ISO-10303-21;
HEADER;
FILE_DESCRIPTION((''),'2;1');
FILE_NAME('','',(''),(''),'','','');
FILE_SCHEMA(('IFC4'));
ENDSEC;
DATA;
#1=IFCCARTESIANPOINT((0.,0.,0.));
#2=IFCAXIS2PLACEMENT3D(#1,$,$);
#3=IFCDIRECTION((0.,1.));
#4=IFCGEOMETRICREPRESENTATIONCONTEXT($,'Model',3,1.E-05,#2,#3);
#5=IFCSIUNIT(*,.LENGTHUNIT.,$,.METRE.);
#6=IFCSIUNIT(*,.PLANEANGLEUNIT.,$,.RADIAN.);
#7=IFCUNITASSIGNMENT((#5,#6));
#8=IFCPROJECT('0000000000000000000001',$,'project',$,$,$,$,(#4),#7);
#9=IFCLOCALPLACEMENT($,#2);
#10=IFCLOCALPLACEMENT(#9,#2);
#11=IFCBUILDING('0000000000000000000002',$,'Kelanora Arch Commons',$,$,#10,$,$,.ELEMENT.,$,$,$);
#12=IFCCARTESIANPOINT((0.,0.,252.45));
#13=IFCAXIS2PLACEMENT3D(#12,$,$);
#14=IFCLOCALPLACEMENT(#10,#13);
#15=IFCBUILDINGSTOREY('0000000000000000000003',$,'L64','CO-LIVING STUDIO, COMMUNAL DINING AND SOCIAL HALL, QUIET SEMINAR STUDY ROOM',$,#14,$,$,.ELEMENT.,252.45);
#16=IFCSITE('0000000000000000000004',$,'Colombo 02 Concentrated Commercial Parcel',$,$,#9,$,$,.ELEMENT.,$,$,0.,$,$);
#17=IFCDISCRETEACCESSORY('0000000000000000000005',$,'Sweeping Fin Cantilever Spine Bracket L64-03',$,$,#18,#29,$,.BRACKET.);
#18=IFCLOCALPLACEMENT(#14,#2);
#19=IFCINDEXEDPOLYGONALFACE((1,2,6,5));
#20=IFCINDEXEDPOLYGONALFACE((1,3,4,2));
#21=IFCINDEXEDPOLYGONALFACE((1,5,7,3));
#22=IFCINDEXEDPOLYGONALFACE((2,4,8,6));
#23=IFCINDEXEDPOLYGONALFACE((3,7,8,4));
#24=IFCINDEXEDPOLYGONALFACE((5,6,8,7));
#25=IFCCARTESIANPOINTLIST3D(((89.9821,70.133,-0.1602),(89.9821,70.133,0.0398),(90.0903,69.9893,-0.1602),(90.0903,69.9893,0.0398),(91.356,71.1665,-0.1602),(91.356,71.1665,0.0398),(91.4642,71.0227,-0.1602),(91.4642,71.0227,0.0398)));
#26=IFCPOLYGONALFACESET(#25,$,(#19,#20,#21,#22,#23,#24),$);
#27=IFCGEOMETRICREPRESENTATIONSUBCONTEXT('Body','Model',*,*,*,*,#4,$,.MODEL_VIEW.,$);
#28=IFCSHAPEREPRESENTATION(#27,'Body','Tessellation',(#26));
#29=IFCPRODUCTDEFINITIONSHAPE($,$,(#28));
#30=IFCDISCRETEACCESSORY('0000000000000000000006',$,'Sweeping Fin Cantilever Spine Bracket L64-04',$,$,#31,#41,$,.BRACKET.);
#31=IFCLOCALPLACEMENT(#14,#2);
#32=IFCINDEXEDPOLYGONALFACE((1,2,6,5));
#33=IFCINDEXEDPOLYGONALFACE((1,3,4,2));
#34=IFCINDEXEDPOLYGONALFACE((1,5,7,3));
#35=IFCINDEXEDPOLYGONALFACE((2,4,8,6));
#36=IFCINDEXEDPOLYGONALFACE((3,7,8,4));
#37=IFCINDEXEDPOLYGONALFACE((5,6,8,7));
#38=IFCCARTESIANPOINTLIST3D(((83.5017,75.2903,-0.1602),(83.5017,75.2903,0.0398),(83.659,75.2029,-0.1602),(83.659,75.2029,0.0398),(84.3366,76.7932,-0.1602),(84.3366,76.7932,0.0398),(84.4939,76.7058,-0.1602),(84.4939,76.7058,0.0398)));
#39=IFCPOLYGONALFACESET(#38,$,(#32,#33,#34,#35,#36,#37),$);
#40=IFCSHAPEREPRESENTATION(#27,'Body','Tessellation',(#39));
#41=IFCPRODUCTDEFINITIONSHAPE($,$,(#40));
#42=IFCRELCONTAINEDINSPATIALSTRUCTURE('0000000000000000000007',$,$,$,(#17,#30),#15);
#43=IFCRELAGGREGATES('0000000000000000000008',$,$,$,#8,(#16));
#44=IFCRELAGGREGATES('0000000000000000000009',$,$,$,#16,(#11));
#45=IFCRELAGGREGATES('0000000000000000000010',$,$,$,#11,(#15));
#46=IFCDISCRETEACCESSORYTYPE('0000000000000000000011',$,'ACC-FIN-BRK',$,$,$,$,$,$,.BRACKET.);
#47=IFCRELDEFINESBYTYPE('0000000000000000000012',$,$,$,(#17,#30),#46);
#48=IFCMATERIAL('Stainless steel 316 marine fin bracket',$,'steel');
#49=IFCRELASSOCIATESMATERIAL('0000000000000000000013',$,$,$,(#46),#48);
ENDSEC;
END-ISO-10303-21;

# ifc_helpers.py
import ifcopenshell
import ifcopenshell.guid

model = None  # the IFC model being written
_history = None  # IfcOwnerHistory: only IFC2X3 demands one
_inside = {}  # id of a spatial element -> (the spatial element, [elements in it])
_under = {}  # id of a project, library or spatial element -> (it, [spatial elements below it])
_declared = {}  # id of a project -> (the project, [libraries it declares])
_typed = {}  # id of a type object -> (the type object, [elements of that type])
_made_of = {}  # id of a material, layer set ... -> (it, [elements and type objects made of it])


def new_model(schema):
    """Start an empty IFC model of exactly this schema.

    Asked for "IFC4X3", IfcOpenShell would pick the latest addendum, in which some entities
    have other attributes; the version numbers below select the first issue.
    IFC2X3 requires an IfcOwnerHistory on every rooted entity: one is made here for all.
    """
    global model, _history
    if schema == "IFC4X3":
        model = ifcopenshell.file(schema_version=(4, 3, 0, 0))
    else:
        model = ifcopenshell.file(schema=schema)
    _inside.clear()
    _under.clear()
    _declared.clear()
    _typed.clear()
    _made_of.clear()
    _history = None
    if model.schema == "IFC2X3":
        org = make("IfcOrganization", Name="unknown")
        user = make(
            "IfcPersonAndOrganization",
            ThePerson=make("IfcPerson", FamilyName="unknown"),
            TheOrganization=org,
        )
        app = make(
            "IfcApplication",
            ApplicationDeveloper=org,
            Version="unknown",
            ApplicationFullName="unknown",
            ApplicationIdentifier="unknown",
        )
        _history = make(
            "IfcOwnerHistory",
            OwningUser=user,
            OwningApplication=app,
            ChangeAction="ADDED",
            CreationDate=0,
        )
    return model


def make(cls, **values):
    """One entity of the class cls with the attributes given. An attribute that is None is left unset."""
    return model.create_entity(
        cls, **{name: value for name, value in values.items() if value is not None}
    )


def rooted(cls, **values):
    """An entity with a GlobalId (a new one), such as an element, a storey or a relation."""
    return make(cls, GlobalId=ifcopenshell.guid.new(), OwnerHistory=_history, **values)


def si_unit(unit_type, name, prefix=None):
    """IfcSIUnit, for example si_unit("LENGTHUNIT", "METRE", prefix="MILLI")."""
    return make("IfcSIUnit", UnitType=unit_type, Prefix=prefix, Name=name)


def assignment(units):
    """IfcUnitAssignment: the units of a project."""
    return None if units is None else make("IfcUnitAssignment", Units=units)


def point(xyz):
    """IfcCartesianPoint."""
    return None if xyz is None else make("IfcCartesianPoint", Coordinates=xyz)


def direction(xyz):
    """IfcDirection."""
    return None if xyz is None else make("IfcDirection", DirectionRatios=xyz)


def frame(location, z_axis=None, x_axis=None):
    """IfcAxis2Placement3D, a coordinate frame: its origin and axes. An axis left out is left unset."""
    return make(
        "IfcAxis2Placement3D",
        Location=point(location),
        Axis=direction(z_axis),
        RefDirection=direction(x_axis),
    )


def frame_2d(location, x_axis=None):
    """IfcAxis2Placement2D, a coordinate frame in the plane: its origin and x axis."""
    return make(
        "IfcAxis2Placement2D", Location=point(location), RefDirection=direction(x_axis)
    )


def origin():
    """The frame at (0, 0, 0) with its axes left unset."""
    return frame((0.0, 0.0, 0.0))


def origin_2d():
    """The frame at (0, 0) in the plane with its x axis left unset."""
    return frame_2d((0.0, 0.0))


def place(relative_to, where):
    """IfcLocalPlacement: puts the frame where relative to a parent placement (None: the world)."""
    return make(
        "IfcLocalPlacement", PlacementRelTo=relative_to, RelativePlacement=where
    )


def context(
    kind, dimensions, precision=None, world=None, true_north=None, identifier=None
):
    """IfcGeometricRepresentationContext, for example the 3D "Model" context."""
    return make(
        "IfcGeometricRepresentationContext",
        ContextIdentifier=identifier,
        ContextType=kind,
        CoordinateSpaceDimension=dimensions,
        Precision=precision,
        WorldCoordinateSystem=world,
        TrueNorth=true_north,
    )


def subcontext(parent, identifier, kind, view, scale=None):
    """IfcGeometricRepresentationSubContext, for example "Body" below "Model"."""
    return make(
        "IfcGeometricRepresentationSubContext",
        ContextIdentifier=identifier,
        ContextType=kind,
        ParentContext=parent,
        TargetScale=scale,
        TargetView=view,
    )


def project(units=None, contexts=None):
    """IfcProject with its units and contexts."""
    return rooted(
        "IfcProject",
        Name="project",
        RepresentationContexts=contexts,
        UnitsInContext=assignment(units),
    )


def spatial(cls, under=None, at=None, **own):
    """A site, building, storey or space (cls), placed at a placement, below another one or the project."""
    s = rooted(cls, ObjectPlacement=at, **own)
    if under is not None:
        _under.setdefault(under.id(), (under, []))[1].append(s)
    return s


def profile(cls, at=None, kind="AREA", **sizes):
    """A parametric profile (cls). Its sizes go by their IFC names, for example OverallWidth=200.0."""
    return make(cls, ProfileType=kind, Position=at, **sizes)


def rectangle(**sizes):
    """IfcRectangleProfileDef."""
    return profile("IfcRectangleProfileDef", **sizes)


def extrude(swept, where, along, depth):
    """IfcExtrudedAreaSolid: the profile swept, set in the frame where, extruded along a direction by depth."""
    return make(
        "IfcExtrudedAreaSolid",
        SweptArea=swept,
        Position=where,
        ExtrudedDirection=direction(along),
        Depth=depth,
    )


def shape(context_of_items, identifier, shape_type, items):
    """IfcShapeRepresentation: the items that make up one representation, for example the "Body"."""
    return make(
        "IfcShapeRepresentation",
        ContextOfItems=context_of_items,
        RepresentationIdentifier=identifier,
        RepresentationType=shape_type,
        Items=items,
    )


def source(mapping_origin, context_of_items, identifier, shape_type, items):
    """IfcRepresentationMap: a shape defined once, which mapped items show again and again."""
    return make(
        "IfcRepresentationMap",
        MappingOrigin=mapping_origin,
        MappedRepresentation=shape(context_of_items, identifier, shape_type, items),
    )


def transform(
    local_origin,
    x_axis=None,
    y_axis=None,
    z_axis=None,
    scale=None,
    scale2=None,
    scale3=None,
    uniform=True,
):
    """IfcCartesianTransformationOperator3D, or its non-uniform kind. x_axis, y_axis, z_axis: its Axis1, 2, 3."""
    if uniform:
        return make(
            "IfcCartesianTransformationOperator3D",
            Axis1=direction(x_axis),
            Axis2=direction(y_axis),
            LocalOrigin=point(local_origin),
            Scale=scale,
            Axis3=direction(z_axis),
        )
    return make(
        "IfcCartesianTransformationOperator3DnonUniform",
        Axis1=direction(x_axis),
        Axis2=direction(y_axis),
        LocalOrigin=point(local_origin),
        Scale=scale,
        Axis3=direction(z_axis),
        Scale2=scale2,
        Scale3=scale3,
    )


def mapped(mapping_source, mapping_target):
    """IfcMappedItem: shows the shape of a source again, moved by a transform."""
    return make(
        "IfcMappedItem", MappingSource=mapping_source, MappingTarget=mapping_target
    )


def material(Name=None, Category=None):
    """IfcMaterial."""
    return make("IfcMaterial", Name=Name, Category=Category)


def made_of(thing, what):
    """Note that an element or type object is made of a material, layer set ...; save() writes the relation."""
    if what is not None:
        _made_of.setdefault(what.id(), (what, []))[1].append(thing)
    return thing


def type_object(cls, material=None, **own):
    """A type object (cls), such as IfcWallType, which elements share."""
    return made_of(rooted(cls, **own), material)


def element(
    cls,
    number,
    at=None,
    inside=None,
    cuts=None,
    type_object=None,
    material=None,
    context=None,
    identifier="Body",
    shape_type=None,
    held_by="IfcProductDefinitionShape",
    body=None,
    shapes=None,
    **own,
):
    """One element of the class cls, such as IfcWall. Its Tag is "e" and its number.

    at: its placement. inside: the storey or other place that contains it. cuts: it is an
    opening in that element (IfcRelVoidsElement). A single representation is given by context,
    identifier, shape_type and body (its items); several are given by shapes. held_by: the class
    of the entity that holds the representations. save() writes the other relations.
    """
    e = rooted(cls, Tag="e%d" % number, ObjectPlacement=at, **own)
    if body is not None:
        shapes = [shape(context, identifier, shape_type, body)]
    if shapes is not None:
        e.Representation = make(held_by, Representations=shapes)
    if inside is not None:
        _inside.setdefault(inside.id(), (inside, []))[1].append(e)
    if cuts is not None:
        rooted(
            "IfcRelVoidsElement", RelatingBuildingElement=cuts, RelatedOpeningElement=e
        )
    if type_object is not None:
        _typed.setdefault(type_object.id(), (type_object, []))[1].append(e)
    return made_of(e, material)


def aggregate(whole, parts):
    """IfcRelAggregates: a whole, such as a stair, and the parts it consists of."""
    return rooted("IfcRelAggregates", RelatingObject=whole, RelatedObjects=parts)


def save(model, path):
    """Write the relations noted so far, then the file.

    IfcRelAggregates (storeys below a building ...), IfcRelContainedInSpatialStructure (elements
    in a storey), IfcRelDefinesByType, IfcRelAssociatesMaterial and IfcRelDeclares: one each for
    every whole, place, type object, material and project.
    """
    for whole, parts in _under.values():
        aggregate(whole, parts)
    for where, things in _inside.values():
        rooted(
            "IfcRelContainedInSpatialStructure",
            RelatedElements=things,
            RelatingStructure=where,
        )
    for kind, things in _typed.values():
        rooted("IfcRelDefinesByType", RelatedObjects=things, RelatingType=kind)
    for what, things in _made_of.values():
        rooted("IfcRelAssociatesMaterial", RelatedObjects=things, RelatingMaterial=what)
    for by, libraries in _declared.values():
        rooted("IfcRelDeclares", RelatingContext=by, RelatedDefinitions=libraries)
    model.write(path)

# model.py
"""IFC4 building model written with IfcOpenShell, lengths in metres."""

from ifc_helpers import new_model, si_unit, direction, frame, origin, origin_2d, place, context, subcontext, project, spatial, rectangle, extrude, source, transform, mapped, material, type_object, element, save


model = new_model("IFC4")

# Units and contexts
model_context = context("Model", 3, precision=1e-05, world=origin(), true_north=direction((0.0, 1.0)))
body_context = subcontext(model_context, "Body", "Model", "MODEL_VIEW")
ifc_project = project(units=[si_unit("LENGTHUNIT", "METRE"), si_unit("PLANEANGLEUNIT", "RADIAN")], contexts=[model_context])

# Site, building, storey
site_placement = place(None, origin())
site = spatial("IfcSite", under=ifc_project, at=site_placement, Name="Colombo 02 Concentrated Commercial Parcel", CompositionType="ELEMENT", RefElevation=0.0)
building_placement = place(site_placement, origin())
building = spatial("IfcBuilding", under=site, at=building_placement, Name="Kelanora Arch Commons", CompositionType="ELEMENT")
storey_placement = place(building_placement, frame((0.0, 0.0, 252.45)))
storey = spatial("IfcBuildingStorey", under=building, at=storey_placement, Name="L64", Description="CO-LIVING STUDIO, COMMUNAL DINING AND SOCIAL HALL, QUIET SEMINAR STUDY ROOM", CompositionType="ELEMENT", Elevation=252.45)

# Discrete accessories
ifc_material_1 = material(Name="Stainless steel 316 marine fin bracket", Category="steel")
discrete_accessory_type = type_object("IfcDiscreteAccessoryType", Name="ACC-FIN-BRK", PredefinedType="BRACKET", material=ifc_material_1)
shared_shape_1 = source(origin(), body_context, "Body", "SweptSolid", [
    extrude(rectangle(XDim=1.7192, YDim=0.1799, at=origin_2d()), origin(), (0.0, 0.0, 1.0), 0.2),
])
for number, where, z_axis, x_axis, name in (
    (1, (90.7231, 70.5779, -0.1602), (0.0, 0.0, 1.0), (0.79916, 0.601118, 0.0), "Sweeping Fin Cantilever Spine Bracket L64-03"),
    (2, (83.9978, 75.998, -0.1602), (0.0, 0.0, 1.0), (0.485573, 0.874196, 0.0), "Sweeping Fin Cantilever Spine Bracket L64-04"),
):
    element("IfcDiscreteAccessory", number, at=place(storey_placement, frame(where, z_axis=z_axis, x_axis=x_axis)), inside=storey, type_object=discrete_accessory_type, Name=name, PredefinedType="BRACKET", context=body_context, shape_type="MappedRepresentation", body=[
        mapped(shared_shape_1, transform((0.0, 0.0, 0.0), scale=1.0)),
    ])

save(model, "model.ifc")
